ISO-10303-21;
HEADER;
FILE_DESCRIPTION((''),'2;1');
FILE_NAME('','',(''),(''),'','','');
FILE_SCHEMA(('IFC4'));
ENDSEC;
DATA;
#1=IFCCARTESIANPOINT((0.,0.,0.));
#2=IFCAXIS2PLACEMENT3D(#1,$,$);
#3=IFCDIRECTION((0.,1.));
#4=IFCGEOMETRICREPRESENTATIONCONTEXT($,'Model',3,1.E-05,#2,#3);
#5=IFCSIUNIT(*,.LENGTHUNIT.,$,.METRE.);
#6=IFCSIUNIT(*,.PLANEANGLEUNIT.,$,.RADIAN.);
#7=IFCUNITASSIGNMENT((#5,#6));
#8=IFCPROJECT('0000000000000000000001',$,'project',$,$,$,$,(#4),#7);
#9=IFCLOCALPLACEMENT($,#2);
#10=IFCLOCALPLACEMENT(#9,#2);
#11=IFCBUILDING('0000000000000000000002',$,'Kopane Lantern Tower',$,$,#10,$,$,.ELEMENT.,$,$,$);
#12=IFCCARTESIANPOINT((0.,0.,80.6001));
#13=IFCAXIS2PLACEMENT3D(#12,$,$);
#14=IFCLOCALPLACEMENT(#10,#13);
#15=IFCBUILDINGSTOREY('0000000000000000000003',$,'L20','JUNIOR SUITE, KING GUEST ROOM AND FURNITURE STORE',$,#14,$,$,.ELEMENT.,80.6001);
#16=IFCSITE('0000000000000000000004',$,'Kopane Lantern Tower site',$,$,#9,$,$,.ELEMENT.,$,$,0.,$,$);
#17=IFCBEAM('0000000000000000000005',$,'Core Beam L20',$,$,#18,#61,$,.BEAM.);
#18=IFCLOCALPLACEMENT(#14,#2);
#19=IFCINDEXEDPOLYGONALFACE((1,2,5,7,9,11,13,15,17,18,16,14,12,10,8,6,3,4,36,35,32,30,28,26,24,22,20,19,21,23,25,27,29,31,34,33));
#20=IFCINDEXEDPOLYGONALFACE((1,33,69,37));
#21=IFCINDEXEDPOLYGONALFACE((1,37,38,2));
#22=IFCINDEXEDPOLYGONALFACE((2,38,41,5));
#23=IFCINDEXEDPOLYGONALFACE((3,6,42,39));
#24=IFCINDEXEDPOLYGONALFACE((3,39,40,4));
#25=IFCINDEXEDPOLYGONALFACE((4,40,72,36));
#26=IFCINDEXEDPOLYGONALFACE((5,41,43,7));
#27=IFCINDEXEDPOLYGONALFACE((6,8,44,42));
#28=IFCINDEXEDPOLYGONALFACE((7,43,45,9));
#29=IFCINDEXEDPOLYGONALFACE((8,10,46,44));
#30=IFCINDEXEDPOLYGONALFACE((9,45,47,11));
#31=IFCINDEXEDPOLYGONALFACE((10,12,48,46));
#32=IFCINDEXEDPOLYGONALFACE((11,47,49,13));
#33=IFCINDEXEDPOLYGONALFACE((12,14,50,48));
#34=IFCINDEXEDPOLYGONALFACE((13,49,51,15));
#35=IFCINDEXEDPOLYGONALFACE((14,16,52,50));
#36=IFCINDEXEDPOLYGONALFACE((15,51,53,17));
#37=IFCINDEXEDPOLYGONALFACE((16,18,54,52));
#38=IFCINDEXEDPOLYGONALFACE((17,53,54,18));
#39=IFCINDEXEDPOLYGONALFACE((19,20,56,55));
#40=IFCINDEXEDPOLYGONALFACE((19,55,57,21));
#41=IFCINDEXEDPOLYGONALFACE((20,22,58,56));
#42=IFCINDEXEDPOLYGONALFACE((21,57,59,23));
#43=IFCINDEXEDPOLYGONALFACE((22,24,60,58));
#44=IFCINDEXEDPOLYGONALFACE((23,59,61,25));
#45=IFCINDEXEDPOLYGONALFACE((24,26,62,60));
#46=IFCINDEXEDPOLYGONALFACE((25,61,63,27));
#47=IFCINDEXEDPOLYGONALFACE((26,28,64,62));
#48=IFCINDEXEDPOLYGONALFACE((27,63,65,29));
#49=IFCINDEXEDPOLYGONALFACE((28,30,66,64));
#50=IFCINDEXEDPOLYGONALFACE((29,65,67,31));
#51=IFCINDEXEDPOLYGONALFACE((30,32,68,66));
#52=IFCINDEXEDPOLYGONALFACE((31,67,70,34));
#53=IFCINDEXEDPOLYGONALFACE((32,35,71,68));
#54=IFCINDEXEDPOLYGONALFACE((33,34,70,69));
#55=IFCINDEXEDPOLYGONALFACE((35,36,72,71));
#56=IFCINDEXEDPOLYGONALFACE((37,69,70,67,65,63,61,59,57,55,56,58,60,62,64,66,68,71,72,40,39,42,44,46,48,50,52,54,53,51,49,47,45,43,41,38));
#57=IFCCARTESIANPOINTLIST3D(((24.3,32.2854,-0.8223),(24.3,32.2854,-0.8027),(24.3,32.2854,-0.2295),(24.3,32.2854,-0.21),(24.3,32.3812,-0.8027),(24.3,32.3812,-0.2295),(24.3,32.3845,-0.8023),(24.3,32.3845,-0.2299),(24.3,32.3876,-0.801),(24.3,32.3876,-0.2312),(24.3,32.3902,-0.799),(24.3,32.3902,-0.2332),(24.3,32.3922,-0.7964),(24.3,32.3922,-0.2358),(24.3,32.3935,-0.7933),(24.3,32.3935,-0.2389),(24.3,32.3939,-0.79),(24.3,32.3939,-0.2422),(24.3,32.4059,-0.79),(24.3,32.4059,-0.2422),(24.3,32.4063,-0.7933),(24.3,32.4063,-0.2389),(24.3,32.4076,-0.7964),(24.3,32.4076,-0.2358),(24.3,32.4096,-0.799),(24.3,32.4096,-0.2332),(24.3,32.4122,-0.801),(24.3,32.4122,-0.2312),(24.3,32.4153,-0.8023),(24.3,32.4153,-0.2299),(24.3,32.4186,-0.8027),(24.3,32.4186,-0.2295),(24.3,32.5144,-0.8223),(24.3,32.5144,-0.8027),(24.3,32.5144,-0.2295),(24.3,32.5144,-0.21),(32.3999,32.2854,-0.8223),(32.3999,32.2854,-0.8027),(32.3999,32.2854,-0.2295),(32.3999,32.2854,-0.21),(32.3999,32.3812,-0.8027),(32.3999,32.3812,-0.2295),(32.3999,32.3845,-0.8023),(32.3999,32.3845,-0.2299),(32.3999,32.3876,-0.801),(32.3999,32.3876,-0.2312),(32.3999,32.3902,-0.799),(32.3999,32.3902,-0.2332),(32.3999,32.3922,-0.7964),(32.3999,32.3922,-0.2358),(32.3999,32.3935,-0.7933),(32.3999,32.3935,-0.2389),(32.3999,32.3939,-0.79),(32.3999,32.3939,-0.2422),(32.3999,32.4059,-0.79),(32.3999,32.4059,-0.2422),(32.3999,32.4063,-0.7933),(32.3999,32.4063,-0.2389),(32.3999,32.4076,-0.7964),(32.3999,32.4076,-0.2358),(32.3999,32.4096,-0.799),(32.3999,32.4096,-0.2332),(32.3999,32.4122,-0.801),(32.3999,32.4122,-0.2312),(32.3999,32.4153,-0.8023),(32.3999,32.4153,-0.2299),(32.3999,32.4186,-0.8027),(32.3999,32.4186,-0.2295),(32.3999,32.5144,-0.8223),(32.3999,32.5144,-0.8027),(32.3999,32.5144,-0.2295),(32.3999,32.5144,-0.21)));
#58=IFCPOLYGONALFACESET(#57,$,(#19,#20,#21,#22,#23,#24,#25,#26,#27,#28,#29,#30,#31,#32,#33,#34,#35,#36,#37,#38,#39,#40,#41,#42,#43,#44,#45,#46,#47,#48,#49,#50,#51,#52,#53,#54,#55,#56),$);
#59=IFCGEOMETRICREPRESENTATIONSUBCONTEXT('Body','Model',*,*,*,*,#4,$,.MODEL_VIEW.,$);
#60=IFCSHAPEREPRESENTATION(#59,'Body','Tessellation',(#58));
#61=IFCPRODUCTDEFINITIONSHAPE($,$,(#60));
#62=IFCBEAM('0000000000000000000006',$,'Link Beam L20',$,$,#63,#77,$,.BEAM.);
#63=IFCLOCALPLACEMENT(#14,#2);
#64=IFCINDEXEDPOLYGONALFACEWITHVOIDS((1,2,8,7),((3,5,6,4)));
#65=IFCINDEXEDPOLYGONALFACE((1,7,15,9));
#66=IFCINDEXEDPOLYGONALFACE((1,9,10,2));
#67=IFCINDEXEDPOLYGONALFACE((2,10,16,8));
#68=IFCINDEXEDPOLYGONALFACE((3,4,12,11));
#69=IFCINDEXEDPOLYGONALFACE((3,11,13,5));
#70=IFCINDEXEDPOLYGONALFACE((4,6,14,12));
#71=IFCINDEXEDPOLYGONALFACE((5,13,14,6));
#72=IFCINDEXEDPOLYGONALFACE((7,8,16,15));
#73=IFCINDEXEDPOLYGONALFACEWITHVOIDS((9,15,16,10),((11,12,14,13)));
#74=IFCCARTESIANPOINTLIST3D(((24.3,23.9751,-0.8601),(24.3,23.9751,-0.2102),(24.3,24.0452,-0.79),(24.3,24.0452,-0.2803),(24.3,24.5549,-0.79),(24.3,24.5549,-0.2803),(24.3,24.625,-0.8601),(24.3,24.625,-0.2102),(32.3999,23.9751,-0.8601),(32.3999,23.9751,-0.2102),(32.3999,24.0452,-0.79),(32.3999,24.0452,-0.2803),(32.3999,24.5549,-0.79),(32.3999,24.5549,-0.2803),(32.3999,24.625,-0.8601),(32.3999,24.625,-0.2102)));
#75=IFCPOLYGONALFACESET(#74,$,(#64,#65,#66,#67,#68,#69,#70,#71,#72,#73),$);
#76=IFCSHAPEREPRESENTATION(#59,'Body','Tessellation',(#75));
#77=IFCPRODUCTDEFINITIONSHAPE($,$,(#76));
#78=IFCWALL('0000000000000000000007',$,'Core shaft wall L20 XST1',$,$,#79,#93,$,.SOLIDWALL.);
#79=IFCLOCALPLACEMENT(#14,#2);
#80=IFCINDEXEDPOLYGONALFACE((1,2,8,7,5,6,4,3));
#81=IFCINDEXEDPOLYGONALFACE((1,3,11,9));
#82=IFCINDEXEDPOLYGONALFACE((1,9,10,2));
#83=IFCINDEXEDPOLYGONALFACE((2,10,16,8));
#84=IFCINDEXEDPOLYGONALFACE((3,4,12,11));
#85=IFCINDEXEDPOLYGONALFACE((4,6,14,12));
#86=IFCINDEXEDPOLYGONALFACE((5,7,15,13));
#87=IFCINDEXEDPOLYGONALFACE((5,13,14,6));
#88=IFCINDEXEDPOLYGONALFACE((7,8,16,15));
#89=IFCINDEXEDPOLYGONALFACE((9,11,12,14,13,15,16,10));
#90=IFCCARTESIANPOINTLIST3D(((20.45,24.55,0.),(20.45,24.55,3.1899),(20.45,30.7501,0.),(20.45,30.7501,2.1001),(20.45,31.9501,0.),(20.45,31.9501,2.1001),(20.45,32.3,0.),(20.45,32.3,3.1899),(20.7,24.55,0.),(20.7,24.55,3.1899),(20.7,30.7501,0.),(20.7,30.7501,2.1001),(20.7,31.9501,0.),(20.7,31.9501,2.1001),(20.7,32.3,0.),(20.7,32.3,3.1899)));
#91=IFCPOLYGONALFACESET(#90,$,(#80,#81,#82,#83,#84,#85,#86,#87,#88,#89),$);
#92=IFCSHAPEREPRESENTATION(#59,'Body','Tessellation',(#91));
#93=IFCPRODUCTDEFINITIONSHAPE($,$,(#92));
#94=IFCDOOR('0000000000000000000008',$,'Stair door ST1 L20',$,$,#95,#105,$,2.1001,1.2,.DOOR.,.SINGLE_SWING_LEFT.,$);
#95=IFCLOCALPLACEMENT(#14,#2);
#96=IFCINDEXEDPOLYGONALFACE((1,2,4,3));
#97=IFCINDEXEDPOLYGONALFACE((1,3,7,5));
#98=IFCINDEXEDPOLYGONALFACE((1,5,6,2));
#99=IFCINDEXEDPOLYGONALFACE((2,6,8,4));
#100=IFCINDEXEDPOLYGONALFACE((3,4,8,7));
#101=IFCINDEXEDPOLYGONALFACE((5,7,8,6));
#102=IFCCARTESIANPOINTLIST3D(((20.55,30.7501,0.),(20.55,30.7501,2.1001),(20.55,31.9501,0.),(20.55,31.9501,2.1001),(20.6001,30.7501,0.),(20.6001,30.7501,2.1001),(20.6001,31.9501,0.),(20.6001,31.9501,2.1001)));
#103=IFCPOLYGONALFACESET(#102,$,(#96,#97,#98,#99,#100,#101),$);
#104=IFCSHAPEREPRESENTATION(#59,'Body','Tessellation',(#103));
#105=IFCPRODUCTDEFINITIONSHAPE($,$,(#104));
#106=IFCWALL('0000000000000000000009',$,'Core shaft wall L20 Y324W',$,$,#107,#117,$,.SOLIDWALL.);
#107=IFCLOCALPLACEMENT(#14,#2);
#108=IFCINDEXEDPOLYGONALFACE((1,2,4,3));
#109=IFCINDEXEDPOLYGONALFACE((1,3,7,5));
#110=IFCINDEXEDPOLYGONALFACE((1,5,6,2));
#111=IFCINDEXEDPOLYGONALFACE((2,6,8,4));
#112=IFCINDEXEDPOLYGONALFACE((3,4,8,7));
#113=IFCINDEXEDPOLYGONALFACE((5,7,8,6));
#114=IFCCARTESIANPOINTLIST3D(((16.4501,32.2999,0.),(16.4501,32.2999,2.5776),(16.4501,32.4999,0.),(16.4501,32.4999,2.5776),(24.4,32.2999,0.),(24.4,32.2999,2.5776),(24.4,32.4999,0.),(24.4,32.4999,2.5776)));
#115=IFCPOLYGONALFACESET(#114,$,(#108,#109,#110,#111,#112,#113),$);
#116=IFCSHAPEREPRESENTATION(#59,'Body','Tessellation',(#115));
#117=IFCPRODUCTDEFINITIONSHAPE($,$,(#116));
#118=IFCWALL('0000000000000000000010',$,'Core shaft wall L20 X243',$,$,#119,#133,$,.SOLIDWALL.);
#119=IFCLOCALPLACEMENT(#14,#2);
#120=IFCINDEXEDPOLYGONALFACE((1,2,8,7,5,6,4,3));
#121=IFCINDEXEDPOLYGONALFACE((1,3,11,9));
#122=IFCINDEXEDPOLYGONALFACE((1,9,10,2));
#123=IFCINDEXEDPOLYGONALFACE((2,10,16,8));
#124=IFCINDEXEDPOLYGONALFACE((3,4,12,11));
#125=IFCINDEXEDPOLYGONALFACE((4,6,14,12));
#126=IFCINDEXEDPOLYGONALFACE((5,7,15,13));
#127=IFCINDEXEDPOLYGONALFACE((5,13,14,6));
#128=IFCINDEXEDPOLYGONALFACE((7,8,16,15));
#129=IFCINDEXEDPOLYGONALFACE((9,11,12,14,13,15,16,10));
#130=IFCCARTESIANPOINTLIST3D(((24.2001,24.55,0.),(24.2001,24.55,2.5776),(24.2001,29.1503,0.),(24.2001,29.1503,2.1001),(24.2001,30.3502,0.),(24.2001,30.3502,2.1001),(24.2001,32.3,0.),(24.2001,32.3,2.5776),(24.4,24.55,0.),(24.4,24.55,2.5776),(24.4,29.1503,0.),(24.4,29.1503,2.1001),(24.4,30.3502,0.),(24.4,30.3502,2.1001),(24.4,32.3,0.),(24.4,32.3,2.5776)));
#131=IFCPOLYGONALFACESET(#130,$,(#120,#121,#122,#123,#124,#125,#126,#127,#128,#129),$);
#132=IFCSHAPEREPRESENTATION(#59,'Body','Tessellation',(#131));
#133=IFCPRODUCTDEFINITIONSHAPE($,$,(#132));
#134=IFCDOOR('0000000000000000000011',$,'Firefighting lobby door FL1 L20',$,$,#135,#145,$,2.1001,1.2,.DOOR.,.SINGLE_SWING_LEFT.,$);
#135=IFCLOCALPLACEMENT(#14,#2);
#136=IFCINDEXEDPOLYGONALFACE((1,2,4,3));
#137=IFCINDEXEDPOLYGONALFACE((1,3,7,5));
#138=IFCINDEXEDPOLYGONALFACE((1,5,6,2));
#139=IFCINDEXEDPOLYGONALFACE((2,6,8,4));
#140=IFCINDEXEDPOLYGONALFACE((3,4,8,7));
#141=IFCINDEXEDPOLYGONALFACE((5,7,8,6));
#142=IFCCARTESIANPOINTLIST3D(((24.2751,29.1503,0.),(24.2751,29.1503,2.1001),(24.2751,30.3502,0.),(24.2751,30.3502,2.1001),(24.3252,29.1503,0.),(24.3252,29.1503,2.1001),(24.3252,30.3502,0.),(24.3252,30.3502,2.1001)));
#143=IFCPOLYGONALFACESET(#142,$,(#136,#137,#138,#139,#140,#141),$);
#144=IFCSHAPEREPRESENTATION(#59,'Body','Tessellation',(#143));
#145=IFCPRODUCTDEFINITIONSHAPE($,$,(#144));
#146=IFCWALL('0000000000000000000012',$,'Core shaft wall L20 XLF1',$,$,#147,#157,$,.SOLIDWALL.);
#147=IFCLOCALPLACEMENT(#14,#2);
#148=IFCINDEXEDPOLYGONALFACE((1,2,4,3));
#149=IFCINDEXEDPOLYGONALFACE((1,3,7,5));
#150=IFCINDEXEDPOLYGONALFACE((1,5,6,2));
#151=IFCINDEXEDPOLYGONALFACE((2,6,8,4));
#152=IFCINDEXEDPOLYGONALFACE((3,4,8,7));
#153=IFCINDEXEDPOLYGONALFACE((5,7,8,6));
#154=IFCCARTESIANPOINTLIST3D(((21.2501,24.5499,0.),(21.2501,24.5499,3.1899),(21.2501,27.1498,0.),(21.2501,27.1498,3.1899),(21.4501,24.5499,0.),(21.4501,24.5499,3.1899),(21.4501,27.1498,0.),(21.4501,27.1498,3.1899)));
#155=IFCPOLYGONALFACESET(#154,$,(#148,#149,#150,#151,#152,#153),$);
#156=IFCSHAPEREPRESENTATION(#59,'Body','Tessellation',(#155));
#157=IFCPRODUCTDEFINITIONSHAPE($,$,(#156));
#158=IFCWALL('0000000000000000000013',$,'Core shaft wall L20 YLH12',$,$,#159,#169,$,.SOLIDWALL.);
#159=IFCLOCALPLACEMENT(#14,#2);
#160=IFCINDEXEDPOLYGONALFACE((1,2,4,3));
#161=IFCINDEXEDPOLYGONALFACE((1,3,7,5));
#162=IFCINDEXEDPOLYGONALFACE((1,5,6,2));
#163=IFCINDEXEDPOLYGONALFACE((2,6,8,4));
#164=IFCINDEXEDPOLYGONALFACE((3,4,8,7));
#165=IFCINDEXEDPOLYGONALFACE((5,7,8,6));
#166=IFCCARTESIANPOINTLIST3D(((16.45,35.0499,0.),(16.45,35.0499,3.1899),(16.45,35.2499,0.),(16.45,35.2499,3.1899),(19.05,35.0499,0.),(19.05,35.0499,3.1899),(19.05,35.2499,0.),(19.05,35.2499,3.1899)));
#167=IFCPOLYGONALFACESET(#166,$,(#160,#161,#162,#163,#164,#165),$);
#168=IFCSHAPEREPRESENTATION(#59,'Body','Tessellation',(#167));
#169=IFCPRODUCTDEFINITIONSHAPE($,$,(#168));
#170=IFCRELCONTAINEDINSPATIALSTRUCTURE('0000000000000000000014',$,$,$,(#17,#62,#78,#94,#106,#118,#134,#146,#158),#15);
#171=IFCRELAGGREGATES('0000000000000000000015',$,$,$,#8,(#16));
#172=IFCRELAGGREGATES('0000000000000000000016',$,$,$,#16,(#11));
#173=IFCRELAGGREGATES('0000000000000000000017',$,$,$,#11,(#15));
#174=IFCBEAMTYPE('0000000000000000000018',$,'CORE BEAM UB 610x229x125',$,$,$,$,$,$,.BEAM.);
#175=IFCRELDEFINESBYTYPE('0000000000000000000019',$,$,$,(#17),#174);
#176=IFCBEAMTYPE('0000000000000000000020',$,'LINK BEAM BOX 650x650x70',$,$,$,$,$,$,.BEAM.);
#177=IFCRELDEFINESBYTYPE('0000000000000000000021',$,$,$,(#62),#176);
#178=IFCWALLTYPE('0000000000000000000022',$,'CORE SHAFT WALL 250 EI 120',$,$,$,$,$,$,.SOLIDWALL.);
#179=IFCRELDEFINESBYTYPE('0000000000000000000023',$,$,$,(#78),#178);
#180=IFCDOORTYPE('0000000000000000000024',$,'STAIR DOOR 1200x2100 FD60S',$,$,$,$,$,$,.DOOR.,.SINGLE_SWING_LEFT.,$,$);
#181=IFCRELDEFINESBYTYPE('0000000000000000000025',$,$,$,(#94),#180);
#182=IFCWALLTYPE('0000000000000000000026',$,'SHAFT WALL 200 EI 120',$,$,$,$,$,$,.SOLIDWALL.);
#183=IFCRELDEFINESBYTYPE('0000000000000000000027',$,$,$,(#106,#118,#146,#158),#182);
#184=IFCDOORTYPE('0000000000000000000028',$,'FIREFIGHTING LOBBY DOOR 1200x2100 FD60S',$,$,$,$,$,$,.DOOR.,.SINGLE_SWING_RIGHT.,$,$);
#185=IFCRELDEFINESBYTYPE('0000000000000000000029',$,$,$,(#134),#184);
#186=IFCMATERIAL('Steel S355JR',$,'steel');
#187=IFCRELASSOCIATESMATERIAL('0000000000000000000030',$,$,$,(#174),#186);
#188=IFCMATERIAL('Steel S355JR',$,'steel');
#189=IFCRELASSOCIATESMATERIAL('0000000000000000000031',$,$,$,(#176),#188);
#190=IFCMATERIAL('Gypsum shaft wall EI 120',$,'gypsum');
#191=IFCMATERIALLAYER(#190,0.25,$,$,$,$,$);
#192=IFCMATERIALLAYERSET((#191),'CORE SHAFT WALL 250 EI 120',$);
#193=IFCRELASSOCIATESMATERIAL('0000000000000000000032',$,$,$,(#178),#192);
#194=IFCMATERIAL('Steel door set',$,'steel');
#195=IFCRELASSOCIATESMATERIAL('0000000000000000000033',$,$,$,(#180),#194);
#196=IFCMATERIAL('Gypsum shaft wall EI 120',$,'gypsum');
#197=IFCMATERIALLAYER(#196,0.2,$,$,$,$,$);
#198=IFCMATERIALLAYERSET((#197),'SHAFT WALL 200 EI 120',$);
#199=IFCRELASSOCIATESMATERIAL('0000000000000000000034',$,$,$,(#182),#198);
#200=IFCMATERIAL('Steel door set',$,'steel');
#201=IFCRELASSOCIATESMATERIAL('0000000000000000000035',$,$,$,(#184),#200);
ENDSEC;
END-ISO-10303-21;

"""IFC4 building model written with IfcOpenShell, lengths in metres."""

from ifc_helpers import new_model, si_unit, direction, frame, frame_2d, origin, origin_2d, place, context, subcontext, project, spatial, rectangle, hollow_rectangle, i_section, extrude, material, layer, layer_set, material_profile, profile_set, type_object, element, fill, save


model = new_model("IFC4")

# Units and contexts
model_context = context("Model", 3, precision=1e-05, world=origin(), true_north=direction((0.0, 1.0)))
body_context = subcontext(model_context, "Body", "Model", "MODEL_VIEW")
ifc_project = project(units=[si_unit("LENGTHUNIT", "METRE"), si_unit("PLANEANGLEUNIT", "RADIAN")], contexts=[model_context])

# Site, building, storey
site_placement = place(None, origin())
site = spatial("IfcSite", under=ifc_project, at=site_placement, Name="Kopane Lantern Tower site", CompositionType="ELEMENT", RefElevation=0.0)
building_placement = place(site_placement, origin())
building = spatial("IfcBuilding", under=site, at=building_placement, Name="Kopane Lantern Tower", CompositionType="ELEMENT")
storey_placement = place(building_placement, frame((0.0, 0.0, 80.6001)))
storey = spatial("IfcBuildingStorey", under=building, at=storey_placement, Name="L20", Description="JUNIOR SUITE, KING GUEST ROOM AND FURNITURE STORE", CompositionType="ELEMENT", Elevation=80.6001)

# Beams
ifc_material_1 = material(Name="Steel S355JR", Category="steel")
ifc_material_profile_1 = material_profile(ifc_material_1, i_section(OverallWidth=0.229, OverallDepth=0.6123, WebThickness=0.012, FlangeThickness=0.0195, FilletRadius=0.0127, at=origin_2d()), Name="UB 610x229x125")
ifc_profile_set_1 = profile_set([ifc_material_profile_1], Name="Steel S355JR")
beam_type_1 = type_object("IfcBeamType", Name="CORE BEAM UB 610x229x125", PredefinedType="BEAM", material=ifc_profile_set_1)
beam_1_placement = place(storey_placement, frame((24.3, 32.3999, -0.5161), z_axis=(1.0, 0.0, 0.0), x_axis=(0.0, 1.0, 0.0)))
element("IfcBeam", 1, at=beam_1_placement, inside=storey, type_object=beam_type_1, Name="Core Beam L20", PredefinedType="BEAM", context=body_context, shape_type="SweptSolid", body=[
    extrude(i_section(OverallWidth=0.229, OverallDepth=0.6123, WebThickness=0.012, FlangeThickness=0.0195, FilletRadius=0.0127, at=origin_2d()), origin(), (0.0, 0.0, 1.0), 8.0999),
])
ifc_material_2 = material(Name="Steel S355JR", Category="steel")
ifc_material_profile_2 = material_profile(ifc_material_2, hollow_rectangle(XDim=0.6499, YDim=0.6499, WallThickness=0.0701, at=origin_2d()), Name="BOX 650x650x70")
ifc_profile_set_2 = profile_set([ifc_material_profile_2], Name="Steel S355JR")
beam_type_2 = type_object("IfcBeamType", Name="LINK BEAM BOX 650x650x70", PredefinedType="BEAM", material=ifc_profile_set_2)
beam_2_placement = place(storey_placement, frame((24.3, 24.3, -0.5352), z_axis=(1.0, 0.0, 0.0), x_axis=(0.0, 1.0, 0.0)))
element("IfcBeam", 2, at=beam_2_placement, inside=storey, type_object=beam_type_2, Name="Link Beam L20", PredefinedType="BEAM", context=body_context, shape_type="SweptSolid", body=[
    extrude(hollow_rectangle(XDim=0.6499, YDim=0.6499, WallThickness=0.0701, at=origin_2d()), origin(), (0.0, 0.0, 1.0), 8.0999),
])

# Wall, opening, door
ifc_material_3 = material(Name="Gypsum shaft wall EI 120", Category="gypsum")
ifc_layer_1 = layer(ifc_material_3, 0.25)
ifc_layer_set_1 = layer_set([ifc_layer_1], Name="CORE SHAFT WALL 250 EI 120")
wall_type_1 = type_object("IfcWallType", Name="CORE SHAFT WALL 250 EI 120", PredefinedType="SOLIDWALL", material=ifc_layer_set_1)
wall_1_placement = place(storey_placement, frame((20.575, 24.55, 0.0), z_axis=(0.0, 0.0, 1.0), x_axis=(0.0, 1.0, 0.0)))
wall_1 = element("IfcWall", 3, at=wall_1_placement, inside=storey, type_object=wall_type_1, Name="Core shaft wall L20 XST1", PredefinedType="SOLIDWALL", context=body_context, shape_type="SweptSolid", body=[
    extrude(rectangle(XDim=7.75, YDim=0.25, at=frame_2d((3.875, 0.0))), origin(), (0.0, 0.0, 1.0), 3.1899),
])
opening_1_placement = place(wall_1_placement, frame((6.2, 0.0, 0.0)))
opening_1 = element("IfcOpeningElement", 4, at=opening_1_placement, cuts=wall_1, PredefinedType="OPENING", context=body_context, shape_type="SweptSolid", body=[
    extrude(rectangle(XDim=1.2, YDim=2.1001, at=frame_2d((0.6001, 1.05))), frame((0.0, 0.135, 0.0), z_axis=(0.0, -1.0, 0.0), x_axis=(1.0, 0.0, 0.0)), (0.0, 0.0, 1.0), 0.27),
])
ifc_material_4 = material(Name="Steel door set", Category="steel")
door_type_1 = type_object("IfcDoorType", Name="STAIR DOOR 1200x2100 FD60S", OperationType="SINGLE_SWING_LEFT", PredefinedType="DOOR", material=ifc_material_4)
door_1_placement = place(opening_1_placement, origin())
door_1 = element("IfcDoor", 5, at=door_1_placement, inside=storey, type_object=door_type_1, Name="Stair door ST1 L20", OperationType="SINGLE_SWING_LEFT", OverallHeight=2.1001, OverallWidth=1.2, PredefinedType="DOOR", context=body_context, shape_type="SweptSolid", body=[
    extrude(rectangle(XDim=1.2, YDim=2.1001, at=frame_2d((0.6001, 1.05))), frame((0.0, 0.0249, 0.0), z_axis=(0.0, -1.0, 0.0), x_axis=(1.0, 0.0, 0.0)), (0.0, 0.0, 1.0), 0.05),
])
fill(opening_1, door_1)

# Wall
ifc_material_5 = material(Name="Gypsum shaft wall EI 120", Category="gypsum")
ifc_layer_2 = layer(ifc_material_5, 0.2)
ifc_layer_set_2 = layer_set([ifc_layer_2], Name="SHAFT WALL 200 EI 120")
wall_type_2 = type_object("IfcWallType", Name="SHAFT WALL 200 EI 120", PredefinedType="SOLIDWALL", material=ifc_layer_set_2)
wall_2_placement = place(storey_placement, frame((16.45, 32.3999, 0.0), z_axis=(0.0, 0.0, 1.0), x_axis=(1.0, 0.0, 0.0)))
element("IfcWall", 6, at=wall_2_placement, inside=storey, type_object=wall_type_2, Name="Core shaft wall L20 Y324W", PredefinedType="SOLIDWALL", context=body_context, shape_type="SweptSolid", body=[
    extrude(rectangle(XDim=7.95, YDim=0.2, at=frame_2d((3.9751, 0.0))), origin(), (0.0, 0.0, 1.0), 2.5776),
])

# Wall, opening, door
wall_3_placement = place(storey_placement, frame((24.3, 24.55, 0.0), z_axis=(0.0, 0.0, 1.0), x_axis=(0.0, 1.0, 0.0)))
wall_3 = element("IfcWall", 7, at=wall_3_placement, inside=storey, type_object=wall_type_2, Name="Core shaft wall L20 X243", PredefinedType="SOLIDWALL", context=body_context, shape_type="SweptSolid", body=[
    extrude(rectangle(XDim=7.75, YDim=0.2, at=frame_2d((3.875, 0.0))), origin(), (0.0, 0.0, 1.0), 2.5776),
])
opening_2_placement = place(wall_3_placement, frame((4.6001, 0.0, 0.0)))
opening_2 = element("IfcOpeningElement", 8, at=opening_2_placement, cuts=wall_3, PredefinedType="OPENING", context=body_context, shape_type="SweptSolid", body=[
    extrude(rectangle(XDim=1.2, YDim=2.1001, at=frame_2d((0.6001, 1.05))), frame((0.0, 0.1099, 0.0), z_axis=(0.0, -1.0, 0.0), x_axis=(1.0, 0.0, 0.0)), (0.0, 0.0, 1.0), 0.22),
])
ifc_material_6 = material(Name="Steel door set", Category="steel")
door_type_2 = type_object("IfcDoorType", Name="FIREFIGHTING LOBBY DOOR 1200x2100 FD60S", OperationType="SINGLE_SWING_RIGHT", PredefinedType="DOOR", material=ifc_material_6)
door_2_placement = place(opening_2_placement, origin())
door_2 = element("IfcDoor", 9, at=door_2_placement, inside=storey, type_object=door_type_2, Name="Firefighting lobby door FL1 L20", OperationType="SINGLE_SWING_LEFT", OverallHeight=2.1001, OverallWidth=1.2, PredefinedType="DOOR", context=body_context, shape_type="SweptSolid", body=[
    extrude(rectangle(XDim=1.2, YDim=2.1001, at=frame_2d((0.6001, 1.05))), frame((0.0, 0.0249, 0.0), z_axis=(0.0, -1.0, 0.0), x_axis=(1.0, 0.0, 0.0)), (0.0, 0.0, 1.0), 0.05),
])
fill(opening_2, door_2)

# Walls
wall_4_placement = place(storey_placement, frame((21.3501, 24.55, 0.0), z_axis=(0.0, 0.0, 1.0), x_axis=(0.0, 1.0, 0.0)))
element("IfcWall", 10, at=wall_4_placement, inside=storey, type_object=wall_type_2, Name="Core shaft wall L20 XLF1", PredefinedType="SOLIDWALL", context=body_context, shape_type="SweptSolid", body=[
    extrude(rectangle(XDim=2.5999, YDim=0.2, at=frame_2d((1.2998, 0.0))), origin(), (0.0, 0.0, 1.0), 3.1899),
])
wall_5_placement = place(storey_placement, frame((16.45, 35.1499, 0.0), z_axis=(0.0, 0.0, 1.0), x_axis=(1.0, 0.0, 0.0)))
element("IfcWall", 11, at=wall_5_placement, inside=storey, type_object=wall_type_2, Name="Core shaft wall L20 YLH12", PredefinedType="SOLIDWALL", context=body_context, shape_type="SweptSolid", body=[
    extrude(rectangle(XDim=2.6001, YDim=0.2, at=frame_2d((1.3, 0.0))), origin(), (0.0, 0.0, 1.0), 3.1899),
])

save(model, "model.ifc")
